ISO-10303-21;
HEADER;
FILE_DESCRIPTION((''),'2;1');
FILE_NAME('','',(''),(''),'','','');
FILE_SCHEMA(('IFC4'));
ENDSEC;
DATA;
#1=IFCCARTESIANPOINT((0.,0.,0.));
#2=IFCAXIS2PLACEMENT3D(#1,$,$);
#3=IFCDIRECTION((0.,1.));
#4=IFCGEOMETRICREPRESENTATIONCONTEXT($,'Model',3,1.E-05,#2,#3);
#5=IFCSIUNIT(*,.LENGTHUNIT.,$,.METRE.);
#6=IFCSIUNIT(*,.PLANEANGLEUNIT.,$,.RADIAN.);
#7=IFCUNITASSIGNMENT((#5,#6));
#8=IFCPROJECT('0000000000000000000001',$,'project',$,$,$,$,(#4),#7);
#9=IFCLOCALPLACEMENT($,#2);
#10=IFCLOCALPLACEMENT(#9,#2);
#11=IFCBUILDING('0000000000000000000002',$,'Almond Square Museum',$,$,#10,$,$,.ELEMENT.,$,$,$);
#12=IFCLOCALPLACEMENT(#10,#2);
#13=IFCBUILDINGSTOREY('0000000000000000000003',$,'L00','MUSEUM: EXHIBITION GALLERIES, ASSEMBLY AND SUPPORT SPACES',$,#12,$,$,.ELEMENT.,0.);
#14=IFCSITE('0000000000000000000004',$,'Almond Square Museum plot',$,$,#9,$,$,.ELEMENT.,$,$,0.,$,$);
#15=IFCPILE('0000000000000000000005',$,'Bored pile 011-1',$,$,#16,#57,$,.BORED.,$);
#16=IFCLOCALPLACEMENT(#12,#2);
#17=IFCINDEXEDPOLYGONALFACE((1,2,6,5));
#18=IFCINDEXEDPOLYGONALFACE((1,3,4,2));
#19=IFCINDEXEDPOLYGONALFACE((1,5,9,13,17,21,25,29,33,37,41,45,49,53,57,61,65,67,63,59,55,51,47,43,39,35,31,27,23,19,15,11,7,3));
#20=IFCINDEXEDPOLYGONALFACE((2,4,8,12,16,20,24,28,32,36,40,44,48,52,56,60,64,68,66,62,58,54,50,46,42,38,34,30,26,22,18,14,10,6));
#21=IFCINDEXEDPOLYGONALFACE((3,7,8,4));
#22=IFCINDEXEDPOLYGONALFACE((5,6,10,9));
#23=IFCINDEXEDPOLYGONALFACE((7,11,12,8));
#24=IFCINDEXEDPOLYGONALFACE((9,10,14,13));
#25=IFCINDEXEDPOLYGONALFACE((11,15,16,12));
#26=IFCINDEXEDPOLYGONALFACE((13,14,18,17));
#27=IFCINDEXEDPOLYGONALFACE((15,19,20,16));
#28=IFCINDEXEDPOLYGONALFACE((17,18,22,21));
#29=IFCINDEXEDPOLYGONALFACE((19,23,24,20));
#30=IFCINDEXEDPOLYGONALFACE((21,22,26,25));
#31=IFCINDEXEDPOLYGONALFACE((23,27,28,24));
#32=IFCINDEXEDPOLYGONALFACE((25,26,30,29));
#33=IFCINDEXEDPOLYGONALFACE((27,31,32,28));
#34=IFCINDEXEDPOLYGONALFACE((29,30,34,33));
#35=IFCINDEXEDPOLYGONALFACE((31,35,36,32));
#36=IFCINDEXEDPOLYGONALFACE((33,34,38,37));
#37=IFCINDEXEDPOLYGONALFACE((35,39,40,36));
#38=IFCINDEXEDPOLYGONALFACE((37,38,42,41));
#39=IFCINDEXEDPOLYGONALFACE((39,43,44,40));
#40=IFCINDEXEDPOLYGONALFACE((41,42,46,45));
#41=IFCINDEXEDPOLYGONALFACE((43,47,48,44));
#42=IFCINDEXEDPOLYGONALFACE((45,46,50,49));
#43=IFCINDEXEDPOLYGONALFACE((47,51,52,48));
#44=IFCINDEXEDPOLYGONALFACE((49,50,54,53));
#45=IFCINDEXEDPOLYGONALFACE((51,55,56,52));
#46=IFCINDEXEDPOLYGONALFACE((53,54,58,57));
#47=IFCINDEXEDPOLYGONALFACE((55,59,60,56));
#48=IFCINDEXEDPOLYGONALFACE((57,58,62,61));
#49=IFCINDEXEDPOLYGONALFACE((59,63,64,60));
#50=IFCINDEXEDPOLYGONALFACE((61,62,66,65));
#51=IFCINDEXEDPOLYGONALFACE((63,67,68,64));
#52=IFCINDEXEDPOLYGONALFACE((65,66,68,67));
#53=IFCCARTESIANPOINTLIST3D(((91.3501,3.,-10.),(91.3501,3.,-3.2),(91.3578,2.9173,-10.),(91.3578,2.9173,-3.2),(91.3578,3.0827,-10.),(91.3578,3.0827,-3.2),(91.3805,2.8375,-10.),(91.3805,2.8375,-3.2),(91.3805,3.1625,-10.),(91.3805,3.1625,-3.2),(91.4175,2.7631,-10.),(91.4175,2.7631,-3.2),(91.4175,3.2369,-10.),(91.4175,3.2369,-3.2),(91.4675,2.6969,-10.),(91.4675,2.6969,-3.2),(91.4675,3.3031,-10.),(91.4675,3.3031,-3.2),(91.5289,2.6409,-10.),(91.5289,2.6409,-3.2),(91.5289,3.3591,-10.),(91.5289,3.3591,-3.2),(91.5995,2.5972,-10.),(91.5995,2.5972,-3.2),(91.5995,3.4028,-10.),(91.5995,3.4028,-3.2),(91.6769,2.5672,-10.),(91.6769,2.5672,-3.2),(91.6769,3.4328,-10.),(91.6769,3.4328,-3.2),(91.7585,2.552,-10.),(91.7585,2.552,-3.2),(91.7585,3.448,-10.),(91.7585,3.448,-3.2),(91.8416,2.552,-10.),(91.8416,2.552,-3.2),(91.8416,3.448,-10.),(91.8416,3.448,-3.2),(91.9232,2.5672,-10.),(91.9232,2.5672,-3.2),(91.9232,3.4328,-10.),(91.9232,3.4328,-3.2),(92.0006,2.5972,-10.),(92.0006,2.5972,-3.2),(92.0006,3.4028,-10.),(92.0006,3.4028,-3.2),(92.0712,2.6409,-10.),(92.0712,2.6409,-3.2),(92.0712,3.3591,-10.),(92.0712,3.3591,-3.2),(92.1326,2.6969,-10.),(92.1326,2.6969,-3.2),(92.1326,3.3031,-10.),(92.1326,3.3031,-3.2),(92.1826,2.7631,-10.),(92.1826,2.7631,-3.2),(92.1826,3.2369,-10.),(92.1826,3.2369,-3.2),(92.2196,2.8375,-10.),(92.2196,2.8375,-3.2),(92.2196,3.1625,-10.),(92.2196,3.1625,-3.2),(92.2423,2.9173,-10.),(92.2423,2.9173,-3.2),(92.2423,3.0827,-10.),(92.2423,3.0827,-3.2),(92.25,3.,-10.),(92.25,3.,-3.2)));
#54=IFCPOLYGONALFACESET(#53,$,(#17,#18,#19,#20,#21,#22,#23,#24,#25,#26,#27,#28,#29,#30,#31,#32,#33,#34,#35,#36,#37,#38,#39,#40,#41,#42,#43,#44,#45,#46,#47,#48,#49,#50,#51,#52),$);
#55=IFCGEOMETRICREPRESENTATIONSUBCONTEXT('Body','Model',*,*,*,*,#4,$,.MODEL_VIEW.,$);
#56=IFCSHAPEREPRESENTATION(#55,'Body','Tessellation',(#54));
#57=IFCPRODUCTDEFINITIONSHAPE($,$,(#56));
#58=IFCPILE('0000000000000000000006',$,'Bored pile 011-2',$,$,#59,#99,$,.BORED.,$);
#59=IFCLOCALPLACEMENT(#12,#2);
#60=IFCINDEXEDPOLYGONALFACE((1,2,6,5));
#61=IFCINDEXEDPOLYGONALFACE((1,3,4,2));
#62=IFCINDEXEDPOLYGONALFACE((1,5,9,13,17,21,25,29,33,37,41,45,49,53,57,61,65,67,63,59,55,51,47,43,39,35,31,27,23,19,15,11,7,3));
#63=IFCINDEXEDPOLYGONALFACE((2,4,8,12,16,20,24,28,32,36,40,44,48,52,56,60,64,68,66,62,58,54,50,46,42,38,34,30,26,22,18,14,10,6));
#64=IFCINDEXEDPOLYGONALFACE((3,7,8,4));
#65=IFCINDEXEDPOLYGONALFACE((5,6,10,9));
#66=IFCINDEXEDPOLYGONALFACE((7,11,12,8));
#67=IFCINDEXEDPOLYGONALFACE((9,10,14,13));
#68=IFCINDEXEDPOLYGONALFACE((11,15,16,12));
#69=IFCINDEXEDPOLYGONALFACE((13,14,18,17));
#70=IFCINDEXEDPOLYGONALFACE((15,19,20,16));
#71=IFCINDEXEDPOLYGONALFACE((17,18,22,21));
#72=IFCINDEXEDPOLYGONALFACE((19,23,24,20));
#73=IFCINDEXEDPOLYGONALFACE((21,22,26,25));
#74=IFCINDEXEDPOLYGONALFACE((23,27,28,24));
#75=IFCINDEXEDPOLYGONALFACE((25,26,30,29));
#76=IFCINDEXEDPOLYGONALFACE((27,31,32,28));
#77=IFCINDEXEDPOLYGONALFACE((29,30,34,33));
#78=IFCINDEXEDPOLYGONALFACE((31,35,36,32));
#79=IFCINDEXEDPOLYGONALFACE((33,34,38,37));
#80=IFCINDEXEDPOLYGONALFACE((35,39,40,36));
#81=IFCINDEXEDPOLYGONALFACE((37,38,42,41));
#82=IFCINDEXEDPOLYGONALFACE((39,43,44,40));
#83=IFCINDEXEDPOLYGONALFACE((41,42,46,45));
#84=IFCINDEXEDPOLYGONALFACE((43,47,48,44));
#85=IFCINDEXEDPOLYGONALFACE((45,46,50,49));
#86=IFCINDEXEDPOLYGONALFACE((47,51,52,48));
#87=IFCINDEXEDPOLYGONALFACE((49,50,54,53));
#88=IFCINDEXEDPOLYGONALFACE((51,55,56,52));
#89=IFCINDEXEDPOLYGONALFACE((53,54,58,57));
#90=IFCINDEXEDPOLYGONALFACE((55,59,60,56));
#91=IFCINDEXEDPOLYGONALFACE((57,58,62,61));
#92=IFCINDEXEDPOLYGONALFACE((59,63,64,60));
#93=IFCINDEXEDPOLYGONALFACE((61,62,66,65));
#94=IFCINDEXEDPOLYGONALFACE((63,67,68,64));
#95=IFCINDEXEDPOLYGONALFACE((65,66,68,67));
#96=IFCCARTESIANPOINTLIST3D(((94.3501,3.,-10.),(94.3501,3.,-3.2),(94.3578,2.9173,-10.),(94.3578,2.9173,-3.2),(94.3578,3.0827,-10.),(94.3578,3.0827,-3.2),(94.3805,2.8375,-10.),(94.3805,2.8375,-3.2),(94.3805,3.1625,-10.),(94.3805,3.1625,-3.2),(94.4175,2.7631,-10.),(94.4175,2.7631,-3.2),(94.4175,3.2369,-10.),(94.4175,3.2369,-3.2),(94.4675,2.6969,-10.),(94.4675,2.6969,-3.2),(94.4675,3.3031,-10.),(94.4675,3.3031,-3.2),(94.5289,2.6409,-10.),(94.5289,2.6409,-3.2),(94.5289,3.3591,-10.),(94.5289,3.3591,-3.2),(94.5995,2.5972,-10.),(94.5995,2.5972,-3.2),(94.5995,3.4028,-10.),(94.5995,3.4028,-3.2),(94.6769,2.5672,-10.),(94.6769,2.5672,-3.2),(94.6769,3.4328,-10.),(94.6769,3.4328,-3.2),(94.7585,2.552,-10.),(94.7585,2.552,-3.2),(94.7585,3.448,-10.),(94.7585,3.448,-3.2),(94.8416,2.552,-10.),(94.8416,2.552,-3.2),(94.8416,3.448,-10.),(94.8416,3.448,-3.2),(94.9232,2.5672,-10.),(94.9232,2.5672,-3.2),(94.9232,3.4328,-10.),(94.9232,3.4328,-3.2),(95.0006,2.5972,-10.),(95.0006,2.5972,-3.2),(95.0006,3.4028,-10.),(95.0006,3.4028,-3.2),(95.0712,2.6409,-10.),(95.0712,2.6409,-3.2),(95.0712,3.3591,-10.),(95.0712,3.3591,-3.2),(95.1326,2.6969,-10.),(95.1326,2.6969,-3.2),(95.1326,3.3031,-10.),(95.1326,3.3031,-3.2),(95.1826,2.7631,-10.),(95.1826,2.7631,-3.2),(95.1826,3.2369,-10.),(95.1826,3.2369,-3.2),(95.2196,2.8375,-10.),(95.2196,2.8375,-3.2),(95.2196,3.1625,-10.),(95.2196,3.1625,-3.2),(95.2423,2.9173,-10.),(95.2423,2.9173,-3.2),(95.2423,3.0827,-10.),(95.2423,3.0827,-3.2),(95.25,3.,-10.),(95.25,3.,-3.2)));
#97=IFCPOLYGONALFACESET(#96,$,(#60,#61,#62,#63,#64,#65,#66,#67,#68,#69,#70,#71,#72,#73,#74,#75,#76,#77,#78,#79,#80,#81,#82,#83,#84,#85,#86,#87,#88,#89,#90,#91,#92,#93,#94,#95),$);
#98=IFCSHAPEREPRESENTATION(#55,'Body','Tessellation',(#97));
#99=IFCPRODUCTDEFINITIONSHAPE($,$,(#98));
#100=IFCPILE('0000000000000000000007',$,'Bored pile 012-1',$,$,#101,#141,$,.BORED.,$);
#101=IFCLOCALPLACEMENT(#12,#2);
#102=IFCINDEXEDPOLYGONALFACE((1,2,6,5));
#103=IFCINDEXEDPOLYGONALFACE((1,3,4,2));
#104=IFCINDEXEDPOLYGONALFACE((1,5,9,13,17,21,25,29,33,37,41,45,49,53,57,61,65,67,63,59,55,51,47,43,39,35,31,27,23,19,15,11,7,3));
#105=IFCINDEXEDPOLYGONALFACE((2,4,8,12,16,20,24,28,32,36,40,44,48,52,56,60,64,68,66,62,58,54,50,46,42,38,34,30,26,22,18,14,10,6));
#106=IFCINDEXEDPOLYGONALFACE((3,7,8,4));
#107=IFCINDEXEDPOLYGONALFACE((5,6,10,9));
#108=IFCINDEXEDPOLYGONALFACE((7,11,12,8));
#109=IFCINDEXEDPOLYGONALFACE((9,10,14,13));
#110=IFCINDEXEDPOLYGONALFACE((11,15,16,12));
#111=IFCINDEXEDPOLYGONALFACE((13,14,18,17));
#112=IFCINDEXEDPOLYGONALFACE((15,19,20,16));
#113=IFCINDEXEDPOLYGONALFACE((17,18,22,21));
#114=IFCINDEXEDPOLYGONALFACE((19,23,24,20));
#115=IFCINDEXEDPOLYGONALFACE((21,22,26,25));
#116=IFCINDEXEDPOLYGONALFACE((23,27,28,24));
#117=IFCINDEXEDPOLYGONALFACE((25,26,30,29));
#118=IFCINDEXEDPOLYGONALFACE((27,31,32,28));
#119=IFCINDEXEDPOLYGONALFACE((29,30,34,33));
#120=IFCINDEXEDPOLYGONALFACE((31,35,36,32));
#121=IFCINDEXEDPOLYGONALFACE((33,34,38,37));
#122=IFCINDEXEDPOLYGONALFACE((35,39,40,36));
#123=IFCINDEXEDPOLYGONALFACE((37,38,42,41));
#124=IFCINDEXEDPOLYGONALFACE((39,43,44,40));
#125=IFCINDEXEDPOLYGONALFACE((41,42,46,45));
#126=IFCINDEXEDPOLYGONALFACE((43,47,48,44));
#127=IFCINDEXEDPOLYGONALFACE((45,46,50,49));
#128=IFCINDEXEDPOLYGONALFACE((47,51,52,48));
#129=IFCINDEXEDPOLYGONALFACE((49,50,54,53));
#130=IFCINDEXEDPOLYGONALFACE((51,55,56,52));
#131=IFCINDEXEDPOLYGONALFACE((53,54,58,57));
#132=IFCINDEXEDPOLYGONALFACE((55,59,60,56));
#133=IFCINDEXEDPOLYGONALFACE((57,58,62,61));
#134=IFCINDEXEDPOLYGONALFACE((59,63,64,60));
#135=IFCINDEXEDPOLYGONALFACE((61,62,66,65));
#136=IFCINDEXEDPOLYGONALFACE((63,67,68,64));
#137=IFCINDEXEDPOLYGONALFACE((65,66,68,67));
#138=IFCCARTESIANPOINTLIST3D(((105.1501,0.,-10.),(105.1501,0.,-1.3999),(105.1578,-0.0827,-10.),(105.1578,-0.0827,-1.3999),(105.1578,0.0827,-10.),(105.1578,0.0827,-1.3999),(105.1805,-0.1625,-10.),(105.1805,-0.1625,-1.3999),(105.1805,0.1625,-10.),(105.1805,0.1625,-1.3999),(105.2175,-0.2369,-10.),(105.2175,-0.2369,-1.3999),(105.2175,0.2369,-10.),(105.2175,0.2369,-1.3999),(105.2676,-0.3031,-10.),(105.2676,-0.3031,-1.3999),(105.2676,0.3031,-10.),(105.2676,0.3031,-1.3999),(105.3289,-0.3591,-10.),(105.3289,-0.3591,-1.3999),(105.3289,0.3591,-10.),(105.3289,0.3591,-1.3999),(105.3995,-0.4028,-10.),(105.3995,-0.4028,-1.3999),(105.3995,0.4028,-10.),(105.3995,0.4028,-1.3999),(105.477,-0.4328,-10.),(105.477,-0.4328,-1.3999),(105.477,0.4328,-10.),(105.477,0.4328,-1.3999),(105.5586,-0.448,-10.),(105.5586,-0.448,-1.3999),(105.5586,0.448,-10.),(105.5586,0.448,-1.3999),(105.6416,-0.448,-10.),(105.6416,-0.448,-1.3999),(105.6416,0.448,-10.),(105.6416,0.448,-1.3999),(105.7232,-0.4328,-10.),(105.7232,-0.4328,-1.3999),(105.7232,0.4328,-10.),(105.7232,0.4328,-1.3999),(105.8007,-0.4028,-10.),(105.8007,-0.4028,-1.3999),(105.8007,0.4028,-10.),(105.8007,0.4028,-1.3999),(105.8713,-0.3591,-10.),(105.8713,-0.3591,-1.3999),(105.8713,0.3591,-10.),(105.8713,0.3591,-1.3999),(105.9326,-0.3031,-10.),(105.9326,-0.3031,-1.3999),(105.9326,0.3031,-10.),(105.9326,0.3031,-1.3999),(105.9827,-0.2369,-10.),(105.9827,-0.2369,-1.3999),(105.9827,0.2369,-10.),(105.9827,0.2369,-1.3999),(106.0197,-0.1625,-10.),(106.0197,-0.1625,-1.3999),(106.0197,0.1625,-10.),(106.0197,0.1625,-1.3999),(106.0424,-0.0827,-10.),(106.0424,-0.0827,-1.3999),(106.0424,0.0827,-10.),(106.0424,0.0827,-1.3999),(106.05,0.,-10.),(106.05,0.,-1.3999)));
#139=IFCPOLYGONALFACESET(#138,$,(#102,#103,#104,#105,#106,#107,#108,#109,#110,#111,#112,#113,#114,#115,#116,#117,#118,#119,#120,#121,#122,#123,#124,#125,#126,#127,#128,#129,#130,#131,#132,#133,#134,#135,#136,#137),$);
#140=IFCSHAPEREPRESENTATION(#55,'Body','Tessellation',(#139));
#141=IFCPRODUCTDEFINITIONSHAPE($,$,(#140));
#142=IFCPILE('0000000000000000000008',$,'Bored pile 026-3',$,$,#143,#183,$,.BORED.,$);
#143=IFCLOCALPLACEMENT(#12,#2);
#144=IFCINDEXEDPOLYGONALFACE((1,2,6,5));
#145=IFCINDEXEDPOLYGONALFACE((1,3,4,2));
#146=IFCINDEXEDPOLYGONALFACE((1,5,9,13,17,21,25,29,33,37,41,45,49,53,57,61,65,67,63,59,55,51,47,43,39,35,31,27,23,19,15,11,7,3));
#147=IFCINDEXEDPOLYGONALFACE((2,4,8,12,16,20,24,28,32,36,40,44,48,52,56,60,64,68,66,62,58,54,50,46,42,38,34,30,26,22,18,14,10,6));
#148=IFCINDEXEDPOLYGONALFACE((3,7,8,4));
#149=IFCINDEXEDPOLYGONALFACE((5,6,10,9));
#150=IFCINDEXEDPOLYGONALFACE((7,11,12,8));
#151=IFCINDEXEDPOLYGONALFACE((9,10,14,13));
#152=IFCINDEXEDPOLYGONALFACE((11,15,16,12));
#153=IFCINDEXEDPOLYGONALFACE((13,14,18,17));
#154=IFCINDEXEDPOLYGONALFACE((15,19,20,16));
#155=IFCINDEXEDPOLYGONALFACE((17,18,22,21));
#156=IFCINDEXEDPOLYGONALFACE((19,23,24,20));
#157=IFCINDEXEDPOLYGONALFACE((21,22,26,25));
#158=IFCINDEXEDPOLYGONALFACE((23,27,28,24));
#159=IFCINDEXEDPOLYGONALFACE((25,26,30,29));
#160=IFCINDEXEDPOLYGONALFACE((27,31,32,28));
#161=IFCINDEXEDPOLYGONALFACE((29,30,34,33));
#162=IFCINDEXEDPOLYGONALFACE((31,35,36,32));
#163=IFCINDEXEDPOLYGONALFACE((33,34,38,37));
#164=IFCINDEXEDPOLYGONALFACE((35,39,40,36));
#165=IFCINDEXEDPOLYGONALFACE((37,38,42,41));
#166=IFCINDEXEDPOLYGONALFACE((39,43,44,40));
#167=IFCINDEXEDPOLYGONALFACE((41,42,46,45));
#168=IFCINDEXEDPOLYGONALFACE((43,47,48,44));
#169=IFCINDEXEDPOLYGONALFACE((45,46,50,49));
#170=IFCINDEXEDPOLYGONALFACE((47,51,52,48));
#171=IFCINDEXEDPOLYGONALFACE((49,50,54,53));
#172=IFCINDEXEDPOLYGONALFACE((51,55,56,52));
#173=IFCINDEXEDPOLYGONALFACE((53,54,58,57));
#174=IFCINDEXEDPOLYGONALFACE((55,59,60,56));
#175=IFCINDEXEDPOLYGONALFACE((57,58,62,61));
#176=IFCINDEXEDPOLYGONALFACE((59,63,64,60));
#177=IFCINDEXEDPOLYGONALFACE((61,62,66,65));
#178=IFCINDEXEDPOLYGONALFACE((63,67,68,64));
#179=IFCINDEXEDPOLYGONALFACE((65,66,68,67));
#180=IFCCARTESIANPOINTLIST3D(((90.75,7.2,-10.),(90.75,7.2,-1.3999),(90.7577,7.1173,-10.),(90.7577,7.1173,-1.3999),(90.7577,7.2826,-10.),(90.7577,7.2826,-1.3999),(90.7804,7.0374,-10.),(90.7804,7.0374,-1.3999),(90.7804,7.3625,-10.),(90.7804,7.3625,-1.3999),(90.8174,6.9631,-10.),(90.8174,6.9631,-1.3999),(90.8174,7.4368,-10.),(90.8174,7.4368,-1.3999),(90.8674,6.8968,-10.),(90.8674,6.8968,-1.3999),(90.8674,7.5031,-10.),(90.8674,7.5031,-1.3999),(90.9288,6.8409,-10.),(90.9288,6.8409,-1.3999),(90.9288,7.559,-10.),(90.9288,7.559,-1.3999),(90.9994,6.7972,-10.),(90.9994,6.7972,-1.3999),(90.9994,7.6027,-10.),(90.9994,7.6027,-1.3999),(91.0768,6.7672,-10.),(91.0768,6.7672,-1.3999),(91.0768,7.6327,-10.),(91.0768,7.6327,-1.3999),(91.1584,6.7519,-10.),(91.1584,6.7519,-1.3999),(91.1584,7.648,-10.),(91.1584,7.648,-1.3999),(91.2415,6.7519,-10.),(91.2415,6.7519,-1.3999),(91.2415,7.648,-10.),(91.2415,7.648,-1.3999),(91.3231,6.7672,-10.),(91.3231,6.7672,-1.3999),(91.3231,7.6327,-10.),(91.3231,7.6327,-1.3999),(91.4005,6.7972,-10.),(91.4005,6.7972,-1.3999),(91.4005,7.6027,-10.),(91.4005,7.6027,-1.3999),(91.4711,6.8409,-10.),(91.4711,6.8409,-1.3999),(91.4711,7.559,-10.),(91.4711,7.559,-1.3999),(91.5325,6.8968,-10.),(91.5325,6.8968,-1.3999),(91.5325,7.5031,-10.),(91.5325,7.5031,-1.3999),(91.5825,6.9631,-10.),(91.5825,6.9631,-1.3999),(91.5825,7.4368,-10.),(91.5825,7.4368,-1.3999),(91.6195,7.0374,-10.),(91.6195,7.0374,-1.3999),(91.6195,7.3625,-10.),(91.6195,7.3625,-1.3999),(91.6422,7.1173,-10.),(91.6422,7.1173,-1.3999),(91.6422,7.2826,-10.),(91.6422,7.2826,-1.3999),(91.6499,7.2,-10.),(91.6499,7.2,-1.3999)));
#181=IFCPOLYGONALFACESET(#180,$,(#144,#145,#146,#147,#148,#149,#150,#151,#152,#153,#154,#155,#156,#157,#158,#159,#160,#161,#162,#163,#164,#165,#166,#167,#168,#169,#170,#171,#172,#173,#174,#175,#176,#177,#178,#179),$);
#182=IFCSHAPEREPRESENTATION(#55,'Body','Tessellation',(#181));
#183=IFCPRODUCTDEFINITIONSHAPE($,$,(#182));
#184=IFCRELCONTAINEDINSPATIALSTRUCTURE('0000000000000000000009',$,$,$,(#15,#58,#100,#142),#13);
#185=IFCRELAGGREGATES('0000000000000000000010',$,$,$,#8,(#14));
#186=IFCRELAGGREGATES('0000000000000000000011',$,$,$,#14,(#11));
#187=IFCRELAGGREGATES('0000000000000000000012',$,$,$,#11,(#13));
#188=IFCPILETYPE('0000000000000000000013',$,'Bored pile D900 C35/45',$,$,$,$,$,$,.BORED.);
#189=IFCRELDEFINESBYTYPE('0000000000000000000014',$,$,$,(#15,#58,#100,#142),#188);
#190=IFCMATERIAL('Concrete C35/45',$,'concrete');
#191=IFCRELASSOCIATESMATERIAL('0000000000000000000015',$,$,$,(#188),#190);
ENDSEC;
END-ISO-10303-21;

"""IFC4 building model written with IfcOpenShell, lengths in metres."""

from ifc_helpers import new_model, si_unit, direction, frame, origin, origin_2d, place, context, subcontext, project, spatial, circle, extrude, material, material_profile, profile_set, type_object, element, save


model = new_model("IFC4")

# Units and contexts
model_context = context("Model", 3, precision=1e-05, world=origin(), true_north=direction((0.0, 1.0)))
body_context = subcontext(model_context, "Body", "Model", "MODEL_VIEW")
ifc_project = project(units=[si_unit("LENGTHUNIT", "METRE"), si_unit("PLANEANGLEUNIT", "RADIAN")], contexts=[model_context])

# Site, building, storey
site_placement = place(None, origin())
site = spatial("IfcSite", under=ifc_project, at=site_placement, Name="Almond Square Museum plot", CompositionType="ELEMENT", RefElevation=0.0)
building_placement = place(site_placement, origin())
building = spatial("IfcBuilding", under=site, at=building_placement, Name="Almond Square Museum", CompositionType="ELEMENT")
storey_placement = place(building_placement, origin())
storey = spatial("IfcBuildingStorey", under=building, at=storey_placement, Name="L00", Description="MUSEUM: EXHIBITION GALLERIES, ASSEMBLY AND SUPPORT SPACES", CompositionType="ELEMENT", Elevation=0.0)

# Piles
ifc_material_1 = material(Name="Concrete C35/45", Category="concrete")
ifc_material_profile_1 = material_profile(ifc_material_1, circle(Radius=0.45, at=origin_2d()))
ifc_profile_set_1 = profile_set([ifc_material_profile_1], Name="Concrete C35/45")
pile_type = type_object("IfcPileType", Name="Bored pile D900 C35/45", PredefinedType="BORED", material=ifc_profile_set_1)
for number, where, z_axis, x_axis, name in (
    (1, (91.8, 3.0, -3.2), (0.0, 0.0, -1.0), (1.0, 0.0, 0.0), "Bored pile 011-1"),
    (2, (94.8, 3.0, -3.2), (0.0, 0.0, -1.0), (1.0, 0.0, 0.0), "Bored pile 011-2"),
):
    element("IfcPile", number, at=place(storey_placement, frame(where, z_axis=z_axis, x_axis=x_axis)), inside=storey, type_object=pile_type, Name=name, PredefinedType="BORED", context=body_context, shape_type="SweptSolid", body=[
        extrude(circle(Radius=0.45, at=origin_2d()), origin(), (0.0, 0.0, 1.0), 6.8),
    ])
for number, where, z_axis, x_axis, name in (
    (3, (105.6001, 0.0, -1.3999), (0.0, 0.0, -1.0), (1.0, 0.0, 0.0), "Bored pile 012-1"),
    (4, (91.2, 7.2, -1.3999), (0.0, 0.0, -1.0), (1.0, 0.0, 0.0), "Bored pile 026-3"),
):
    element("IfcPile", number, at=place(storey_placement, frame(where, z_axis=z_axis, x_axis=x_axis)), inside=storey, type_object=pile_type, Name=name, PredefinedType="BORED", context=body_context, shape_type="SweptSolid", body=[
        extrude(circle(Radius=0.45, at=origin_2d()), origin(), (0.0, 0.0, 1.0), 8.6001),
    ])

save(model, "model.ifc")
